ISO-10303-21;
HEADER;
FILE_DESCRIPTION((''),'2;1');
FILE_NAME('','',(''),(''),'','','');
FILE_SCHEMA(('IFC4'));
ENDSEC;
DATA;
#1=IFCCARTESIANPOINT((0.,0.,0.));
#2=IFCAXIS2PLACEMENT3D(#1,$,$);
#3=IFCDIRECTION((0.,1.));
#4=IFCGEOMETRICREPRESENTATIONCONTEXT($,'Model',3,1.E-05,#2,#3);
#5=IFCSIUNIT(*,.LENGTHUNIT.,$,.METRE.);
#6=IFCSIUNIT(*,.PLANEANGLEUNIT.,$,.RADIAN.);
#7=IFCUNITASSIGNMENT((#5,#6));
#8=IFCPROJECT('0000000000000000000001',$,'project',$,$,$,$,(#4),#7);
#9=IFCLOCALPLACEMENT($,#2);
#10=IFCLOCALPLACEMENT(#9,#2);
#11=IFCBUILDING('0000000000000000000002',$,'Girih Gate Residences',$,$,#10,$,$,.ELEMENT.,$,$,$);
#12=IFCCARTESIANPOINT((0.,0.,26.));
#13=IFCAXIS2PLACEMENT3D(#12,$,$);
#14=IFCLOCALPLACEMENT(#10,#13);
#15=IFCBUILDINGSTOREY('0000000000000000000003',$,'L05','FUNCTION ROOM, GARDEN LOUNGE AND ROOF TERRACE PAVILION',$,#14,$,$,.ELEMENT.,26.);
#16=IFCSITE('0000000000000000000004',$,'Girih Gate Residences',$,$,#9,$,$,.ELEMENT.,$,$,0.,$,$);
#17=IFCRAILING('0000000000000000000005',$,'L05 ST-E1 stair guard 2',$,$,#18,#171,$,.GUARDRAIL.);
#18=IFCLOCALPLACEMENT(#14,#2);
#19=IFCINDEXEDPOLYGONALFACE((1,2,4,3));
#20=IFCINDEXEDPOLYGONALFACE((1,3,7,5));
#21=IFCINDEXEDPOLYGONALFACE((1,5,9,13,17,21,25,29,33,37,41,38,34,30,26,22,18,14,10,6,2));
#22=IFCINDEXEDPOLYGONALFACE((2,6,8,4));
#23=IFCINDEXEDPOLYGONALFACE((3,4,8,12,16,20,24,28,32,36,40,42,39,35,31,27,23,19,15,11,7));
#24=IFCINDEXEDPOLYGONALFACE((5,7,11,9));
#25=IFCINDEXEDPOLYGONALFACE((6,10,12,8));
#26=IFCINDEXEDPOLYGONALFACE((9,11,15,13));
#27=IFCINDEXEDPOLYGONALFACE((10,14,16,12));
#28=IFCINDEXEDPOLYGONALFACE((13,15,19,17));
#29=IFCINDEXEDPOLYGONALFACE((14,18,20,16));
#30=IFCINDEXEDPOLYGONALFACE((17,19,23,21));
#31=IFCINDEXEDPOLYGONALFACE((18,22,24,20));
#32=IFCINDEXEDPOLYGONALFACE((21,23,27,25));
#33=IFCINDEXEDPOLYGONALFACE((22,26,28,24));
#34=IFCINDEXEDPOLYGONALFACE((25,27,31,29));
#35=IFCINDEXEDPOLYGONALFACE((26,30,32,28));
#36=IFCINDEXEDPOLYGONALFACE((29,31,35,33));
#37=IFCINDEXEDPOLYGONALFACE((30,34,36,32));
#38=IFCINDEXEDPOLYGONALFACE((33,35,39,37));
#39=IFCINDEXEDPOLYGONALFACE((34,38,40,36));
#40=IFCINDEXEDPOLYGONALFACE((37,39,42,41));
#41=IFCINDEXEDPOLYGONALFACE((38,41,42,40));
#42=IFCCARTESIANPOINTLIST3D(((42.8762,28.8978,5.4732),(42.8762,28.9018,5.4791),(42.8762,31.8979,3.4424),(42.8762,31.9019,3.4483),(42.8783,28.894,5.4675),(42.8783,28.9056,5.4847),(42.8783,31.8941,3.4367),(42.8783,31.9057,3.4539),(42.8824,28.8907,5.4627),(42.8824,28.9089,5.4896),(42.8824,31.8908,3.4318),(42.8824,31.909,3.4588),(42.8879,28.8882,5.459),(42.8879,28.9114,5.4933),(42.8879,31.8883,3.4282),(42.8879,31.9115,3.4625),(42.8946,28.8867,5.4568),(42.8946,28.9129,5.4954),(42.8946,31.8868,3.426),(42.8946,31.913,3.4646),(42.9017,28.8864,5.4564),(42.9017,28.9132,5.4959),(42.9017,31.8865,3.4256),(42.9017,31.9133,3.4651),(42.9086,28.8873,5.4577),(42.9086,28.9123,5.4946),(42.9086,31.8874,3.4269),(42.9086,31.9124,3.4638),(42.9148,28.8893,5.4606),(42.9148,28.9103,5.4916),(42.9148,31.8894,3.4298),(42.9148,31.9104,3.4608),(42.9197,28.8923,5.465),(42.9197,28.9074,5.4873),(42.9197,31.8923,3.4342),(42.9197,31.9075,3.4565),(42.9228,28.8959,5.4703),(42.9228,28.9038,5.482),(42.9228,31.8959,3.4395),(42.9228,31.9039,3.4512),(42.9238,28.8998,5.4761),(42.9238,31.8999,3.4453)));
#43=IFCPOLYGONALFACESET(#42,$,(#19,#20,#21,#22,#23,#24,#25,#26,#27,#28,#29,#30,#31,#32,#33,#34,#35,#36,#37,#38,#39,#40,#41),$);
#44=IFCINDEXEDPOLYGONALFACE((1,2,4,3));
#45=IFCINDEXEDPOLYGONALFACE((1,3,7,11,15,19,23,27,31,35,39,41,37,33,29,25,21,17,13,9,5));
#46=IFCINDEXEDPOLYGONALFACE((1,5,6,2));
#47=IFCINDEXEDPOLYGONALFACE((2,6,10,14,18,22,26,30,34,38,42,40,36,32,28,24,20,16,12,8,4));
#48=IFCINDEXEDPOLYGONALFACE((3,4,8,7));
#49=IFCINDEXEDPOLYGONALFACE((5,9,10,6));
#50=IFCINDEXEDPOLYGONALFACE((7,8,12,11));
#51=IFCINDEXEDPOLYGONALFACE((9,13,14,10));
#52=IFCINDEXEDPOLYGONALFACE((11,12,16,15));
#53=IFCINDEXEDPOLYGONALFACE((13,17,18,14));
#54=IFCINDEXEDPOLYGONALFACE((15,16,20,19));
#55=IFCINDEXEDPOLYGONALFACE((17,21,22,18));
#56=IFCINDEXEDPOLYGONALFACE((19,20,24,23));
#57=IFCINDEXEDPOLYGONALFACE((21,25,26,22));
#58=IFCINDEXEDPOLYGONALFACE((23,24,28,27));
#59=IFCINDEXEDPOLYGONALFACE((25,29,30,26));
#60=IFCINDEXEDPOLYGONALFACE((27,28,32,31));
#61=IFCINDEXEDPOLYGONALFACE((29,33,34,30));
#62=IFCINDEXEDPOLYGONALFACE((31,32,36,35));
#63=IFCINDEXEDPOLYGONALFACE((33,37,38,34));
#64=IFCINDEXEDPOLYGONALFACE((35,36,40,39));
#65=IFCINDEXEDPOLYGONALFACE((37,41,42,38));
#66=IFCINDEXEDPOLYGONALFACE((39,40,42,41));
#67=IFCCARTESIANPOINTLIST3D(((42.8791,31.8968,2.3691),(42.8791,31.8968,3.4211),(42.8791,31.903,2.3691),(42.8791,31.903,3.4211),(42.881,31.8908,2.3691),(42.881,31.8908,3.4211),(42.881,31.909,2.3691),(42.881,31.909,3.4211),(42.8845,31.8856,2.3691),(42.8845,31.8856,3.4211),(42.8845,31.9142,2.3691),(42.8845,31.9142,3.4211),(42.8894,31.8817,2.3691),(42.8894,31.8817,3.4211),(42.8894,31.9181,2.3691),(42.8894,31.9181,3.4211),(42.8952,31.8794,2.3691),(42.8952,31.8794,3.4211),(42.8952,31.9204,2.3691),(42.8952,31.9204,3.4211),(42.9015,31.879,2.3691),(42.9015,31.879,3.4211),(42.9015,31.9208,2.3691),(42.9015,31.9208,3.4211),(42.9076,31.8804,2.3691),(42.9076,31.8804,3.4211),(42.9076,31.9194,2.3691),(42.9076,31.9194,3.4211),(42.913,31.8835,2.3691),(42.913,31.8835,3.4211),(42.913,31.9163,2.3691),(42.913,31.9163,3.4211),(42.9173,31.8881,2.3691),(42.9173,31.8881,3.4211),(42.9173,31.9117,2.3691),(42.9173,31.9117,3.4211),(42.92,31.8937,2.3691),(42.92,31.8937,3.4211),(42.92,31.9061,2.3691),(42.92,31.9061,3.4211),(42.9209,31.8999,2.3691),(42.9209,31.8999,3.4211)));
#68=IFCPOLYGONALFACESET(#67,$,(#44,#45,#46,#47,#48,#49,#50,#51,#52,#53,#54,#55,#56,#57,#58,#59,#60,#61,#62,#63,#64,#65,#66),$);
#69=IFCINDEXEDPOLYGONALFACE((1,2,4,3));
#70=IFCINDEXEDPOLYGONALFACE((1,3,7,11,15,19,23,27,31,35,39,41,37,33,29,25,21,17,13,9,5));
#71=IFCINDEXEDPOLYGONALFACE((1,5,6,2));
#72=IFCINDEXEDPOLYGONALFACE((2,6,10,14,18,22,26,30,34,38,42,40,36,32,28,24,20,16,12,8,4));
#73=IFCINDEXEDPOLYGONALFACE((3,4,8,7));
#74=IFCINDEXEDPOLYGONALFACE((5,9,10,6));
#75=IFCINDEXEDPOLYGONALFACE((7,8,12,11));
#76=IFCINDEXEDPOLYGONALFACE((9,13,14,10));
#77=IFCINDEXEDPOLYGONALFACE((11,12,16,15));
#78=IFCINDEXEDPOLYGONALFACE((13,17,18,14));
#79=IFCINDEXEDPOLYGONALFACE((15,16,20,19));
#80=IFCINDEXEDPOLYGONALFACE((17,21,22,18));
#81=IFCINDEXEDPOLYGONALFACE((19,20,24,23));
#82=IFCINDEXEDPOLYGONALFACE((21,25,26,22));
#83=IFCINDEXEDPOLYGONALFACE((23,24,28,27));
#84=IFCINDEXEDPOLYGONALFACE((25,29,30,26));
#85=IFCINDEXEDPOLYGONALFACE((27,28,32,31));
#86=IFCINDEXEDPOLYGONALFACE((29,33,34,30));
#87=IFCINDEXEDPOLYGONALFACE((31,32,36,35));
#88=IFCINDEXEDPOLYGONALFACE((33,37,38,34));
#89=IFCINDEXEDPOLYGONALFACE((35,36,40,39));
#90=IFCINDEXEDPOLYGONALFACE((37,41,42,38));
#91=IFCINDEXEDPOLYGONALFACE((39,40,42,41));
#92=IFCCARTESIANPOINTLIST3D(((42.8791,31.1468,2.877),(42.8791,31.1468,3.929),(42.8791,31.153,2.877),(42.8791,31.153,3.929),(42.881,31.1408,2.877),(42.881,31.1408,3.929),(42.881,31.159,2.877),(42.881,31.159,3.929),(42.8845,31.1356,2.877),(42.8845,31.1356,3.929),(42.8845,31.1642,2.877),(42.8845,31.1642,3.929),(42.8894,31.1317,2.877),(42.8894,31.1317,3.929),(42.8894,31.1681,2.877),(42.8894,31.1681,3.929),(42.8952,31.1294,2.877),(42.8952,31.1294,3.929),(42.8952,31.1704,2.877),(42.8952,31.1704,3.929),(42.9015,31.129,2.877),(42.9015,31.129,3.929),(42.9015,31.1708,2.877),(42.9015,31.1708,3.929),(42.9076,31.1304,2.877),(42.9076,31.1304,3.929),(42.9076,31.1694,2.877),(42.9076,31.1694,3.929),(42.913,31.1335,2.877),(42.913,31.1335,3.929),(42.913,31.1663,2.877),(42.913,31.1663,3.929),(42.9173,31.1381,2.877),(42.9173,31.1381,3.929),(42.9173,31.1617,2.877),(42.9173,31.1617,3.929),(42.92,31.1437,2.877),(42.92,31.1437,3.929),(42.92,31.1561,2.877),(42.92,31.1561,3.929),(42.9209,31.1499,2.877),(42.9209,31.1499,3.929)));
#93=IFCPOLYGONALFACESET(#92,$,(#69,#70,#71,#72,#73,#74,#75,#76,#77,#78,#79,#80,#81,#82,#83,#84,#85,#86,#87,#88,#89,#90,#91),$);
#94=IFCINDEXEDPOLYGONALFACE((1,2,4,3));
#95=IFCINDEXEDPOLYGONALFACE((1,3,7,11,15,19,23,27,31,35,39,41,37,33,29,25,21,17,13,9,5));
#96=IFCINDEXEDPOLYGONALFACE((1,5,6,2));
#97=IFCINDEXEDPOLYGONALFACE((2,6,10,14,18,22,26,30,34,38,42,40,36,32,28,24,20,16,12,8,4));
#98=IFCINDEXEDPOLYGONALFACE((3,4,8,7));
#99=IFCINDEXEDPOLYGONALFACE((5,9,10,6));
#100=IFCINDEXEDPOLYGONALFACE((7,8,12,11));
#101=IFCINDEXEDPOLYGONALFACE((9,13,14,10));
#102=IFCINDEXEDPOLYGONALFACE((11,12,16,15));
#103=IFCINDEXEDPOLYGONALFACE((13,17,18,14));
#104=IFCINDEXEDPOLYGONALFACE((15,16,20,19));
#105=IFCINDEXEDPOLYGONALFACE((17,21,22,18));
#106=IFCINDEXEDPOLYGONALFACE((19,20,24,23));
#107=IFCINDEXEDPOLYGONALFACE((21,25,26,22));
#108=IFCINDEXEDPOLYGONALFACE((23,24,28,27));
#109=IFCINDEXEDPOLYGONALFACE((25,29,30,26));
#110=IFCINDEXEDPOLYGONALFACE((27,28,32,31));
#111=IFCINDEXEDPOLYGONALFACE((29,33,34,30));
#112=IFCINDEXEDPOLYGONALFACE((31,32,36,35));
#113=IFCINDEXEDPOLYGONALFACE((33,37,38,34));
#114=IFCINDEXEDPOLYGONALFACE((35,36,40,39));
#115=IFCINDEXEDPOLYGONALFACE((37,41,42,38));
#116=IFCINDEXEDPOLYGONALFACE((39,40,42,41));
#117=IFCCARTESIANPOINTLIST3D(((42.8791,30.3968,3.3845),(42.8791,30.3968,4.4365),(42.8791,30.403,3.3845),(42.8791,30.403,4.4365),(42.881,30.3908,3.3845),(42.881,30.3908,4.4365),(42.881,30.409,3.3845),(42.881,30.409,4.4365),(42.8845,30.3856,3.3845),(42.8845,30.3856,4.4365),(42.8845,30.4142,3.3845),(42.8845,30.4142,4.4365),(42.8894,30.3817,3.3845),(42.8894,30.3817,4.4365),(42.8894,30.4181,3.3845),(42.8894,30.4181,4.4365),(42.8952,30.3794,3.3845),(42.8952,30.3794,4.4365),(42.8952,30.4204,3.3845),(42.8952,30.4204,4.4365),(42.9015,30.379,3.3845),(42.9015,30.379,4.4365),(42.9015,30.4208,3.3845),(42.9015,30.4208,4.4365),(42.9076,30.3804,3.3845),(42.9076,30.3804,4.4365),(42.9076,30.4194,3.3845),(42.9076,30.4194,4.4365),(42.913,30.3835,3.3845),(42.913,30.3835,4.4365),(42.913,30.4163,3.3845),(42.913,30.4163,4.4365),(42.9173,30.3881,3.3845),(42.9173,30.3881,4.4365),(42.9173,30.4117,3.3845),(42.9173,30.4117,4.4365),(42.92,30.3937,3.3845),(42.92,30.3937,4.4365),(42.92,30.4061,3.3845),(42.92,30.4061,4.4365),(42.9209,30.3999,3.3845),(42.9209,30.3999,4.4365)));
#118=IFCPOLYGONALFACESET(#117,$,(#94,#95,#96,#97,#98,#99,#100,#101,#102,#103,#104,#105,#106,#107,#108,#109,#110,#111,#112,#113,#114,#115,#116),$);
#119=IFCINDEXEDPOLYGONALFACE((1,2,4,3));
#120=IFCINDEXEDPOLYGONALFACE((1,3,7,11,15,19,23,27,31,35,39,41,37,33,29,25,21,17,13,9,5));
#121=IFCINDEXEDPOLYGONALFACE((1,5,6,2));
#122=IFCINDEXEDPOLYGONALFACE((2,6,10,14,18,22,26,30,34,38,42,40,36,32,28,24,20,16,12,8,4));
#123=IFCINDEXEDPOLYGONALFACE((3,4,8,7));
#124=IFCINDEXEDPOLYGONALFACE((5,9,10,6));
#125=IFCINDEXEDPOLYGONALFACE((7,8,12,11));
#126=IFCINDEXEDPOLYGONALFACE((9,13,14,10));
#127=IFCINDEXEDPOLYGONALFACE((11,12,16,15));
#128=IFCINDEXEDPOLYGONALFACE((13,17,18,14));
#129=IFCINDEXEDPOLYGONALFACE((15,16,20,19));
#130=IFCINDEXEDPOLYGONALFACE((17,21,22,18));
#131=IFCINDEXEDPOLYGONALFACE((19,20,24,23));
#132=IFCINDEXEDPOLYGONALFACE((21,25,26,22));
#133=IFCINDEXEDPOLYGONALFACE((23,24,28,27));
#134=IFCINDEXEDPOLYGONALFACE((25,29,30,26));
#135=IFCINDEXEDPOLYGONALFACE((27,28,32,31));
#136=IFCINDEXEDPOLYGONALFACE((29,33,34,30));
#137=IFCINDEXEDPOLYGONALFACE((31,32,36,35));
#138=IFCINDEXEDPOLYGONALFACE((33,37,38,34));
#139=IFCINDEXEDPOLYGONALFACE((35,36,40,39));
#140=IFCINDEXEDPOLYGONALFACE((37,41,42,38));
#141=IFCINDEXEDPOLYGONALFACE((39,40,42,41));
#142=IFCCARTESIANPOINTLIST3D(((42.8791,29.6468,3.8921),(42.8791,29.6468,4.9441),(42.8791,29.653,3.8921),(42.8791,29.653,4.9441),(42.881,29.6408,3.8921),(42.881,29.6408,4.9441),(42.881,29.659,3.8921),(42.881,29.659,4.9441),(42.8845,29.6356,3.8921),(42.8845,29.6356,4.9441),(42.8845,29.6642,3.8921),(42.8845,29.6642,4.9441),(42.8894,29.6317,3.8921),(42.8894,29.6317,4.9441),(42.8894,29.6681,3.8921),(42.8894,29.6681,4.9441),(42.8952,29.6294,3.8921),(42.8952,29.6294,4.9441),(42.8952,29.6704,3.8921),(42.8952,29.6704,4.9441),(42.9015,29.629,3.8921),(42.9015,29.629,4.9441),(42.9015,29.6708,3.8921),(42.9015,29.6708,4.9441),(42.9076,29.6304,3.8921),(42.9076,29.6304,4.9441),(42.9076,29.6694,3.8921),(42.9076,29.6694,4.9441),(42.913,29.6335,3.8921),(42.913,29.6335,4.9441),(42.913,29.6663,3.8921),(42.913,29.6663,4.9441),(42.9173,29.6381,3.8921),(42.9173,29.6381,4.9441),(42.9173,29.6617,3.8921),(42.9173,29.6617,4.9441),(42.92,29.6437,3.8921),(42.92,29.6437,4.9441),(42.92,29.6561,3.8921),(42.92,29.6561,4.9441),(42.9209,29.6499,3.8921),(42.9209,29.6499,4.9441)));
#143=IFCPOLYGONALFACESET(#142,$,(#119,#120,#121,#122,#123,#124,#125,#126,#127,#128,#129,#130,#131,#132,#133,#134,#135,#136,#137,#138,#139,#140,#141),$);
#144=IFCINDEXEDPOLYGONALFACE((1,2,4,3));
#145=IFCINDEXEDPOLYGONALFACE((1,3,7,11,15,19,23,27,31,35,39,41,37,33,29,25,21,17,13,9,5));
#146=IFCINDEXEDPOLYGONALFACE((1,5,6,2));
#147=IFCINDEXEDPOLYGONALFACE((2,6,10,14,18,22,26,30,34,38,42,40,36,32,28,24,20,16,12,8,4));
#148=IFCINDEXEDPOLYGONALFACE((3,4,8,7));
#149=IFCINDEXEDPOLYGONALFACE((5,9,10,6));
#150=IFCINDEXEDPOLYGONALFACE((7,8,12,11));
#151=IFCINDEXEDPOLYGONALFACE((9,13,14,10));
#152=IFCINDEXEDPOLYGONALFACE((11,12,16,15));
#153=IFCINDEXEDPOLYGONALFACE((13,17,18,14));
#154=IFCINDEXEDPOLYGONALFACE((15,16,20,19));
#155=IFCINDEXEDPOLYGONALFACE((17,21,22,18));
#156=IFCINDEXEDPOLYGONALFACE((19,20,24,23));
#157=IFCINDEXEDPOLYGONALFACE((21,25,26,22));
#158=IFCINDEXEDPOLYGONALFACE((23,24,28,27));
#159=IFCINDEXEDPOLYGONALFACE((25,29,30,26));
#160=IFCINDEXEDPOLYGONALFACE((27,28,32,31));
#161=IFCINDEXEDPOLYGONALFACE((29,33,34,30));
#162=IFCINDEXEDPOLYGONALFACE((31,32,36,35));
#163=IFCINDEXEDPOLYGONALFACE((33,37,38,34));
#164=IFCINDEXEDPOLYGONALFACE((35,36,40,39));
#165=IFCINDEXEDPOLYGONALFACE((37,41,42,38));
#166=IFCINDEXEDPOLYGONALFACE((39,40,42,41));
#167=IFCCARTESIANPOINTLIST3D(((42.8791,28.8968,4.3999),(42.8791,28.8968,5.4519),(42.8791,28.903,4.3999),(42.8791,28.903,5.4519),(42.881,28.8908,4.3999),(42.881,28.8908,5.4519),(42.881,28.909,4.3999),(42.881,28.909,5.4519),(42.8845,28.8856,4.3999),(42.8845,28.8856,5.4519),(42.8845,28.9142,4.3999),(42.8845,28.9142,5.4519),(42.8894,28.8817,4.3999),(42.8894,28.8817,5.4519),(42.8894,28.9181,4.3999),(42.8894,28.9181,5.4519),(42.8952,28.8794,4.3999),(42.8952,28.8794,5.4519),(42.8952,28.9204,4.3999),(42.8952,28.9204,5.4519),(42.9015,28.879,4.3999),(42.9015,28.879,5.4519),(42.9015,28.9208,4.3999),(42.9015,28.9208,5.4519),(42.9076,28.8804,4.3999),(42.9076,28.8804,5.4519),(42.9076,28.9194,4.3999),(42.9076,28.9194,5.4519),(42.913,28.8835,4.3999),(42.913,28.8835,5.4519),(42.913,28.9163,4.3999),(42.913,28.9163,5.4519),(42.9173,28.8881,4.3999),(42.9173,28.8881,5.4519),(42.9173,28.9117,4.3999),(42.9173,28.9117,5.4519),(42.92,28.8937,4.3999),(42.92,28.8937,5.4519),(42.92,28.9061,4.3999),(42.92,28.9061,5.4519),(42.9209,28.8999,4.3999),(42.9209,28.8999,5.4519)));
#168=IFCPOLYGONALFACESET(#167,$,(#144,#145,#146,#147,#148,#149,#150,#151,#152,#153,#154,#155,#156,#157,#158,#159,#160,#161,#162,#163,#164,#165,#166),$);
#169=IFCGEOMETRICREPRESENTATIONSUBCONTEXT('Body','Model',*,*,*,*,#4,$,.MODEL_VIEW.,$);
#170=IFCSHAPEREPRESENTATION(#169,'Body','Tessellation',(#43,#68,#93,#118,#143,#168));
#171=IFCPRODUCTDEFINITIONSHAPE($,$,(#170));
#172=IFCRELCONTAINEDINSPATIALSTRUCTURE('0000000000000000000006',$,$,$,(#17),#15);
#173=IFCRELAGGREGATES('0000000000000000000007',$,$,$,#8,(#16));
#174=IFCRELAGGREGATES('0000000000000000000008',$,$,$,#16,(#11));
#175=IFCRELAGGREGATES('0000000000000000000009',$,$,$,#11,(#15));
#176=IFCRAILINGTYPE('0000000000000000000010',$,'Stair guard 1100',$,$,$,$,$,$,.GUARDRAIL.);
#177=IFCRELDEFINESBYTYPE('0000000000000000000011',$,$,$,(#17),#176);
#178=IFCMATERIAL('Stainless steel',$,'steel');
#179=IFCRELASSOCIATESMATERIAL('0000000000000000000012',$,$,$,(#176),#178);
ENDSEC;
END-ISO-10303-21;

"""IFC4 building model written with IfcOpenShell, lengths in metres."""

from ifc_helpers import new_model, si_unit, direction, frame, origin, origin_2d, place, context, subcontext, project, spatial, circle, extrude, material, type_object, element, save


model = new_model("IFC4")

# Units and contexts
model_context = context("Model", 3, precision=1e-05, world=origin(), true_north=direction((0.0, 1.0)))
body_context = subcontext(model_context, "Body", "Model", "MODEL_VIEW")
ifc_project = project(units=[si_unit("LENGTHUNIT", "METRE"), si_unit("PLANEANGLEUNIT", "RADIAN")], contexts=[model_context])

# Site, building, storey
site_placement = place(None, origin())
site = spatial("IfcSite", under=ifc_project, at=site_placement, Name="Girih Gate Residences", CompositionType="ELEMENT", RefElevation=0.0)
building_placement = place(site_placement, origin())
building = spatial("IfcBuilding", under=site, at=building_placement, Name="Girih Gate Residences", CompositionType="ELEMENT")
storey_placement = place(building_placement, frame((0.0, 0.0, 26.0)))
storey = spatial("IfcBuildingStorey", under=building, at=storey_placement, Name="L05", Description="FUNCTION ROOM, GARDEN LOUNGE AND ROOF TERRACE PAVILION", CompositionType="ELEMENT", Elevation=26.0)

# Shared definitions
ifc_material_1 = material(Name="Stainless steel", Category="steel")

# Railing
railing_type_1 = type_object("IfcRailingType", Name="Stair guard 1100", PredefinedType="GUARDRAIL", material=ifc_material_1)
for number, where, name in (
    (1, (42.8999, 31.8999, 2.3691), "L05 ST-E1 stair guard 2"),
):
    element("IfcRailing", number, at=place(storey_placement, frame(where)), inside=storey, type_object=railing_type_1, Name=name, PredefinedType="GUARDRAIL", context=body_context, shape_type="SweptSolid", body=[
        extrude(circle(Radius=0.0239, at=origin_2d()), frame((0.0, 0.0, 1.0762), z_axis=(0.0, -0.82811, 0.560565), x_axis=(1.0, 0.0, 0.0)), (0.0, 0.0, 1.0), 3.6228),
        extrude(circle(Radius=0.021, at=origin_2d()), origin(), (0.0, 0.0, 1.0), 1.052),
        extrude(circle(Radius=0.021, at=origin_2d()), frame((0.0, -0.75, 0.5078)), (0.0, 0.0, 1.0), 1.052),
        extrude(circle(Radius=0.021, at=origin_2d()), frame((0.0, -1.5, 1.0154)), (0.0, 0.0, 1.0), 1.052),
        extrude(circle(Radius=0.021, at=origin_2d()), frame((0.0, -2.25, 1.5229)), (0.0, 0.0, 1.0), 1.052),
        extrude(circle(Radius=0.021, at=origin_2d()), frame((0.0, -3.0, 2.0308)), (0.0, 0.0, 1.0), 1.052),
    ])

save(model, "model.ifc")
